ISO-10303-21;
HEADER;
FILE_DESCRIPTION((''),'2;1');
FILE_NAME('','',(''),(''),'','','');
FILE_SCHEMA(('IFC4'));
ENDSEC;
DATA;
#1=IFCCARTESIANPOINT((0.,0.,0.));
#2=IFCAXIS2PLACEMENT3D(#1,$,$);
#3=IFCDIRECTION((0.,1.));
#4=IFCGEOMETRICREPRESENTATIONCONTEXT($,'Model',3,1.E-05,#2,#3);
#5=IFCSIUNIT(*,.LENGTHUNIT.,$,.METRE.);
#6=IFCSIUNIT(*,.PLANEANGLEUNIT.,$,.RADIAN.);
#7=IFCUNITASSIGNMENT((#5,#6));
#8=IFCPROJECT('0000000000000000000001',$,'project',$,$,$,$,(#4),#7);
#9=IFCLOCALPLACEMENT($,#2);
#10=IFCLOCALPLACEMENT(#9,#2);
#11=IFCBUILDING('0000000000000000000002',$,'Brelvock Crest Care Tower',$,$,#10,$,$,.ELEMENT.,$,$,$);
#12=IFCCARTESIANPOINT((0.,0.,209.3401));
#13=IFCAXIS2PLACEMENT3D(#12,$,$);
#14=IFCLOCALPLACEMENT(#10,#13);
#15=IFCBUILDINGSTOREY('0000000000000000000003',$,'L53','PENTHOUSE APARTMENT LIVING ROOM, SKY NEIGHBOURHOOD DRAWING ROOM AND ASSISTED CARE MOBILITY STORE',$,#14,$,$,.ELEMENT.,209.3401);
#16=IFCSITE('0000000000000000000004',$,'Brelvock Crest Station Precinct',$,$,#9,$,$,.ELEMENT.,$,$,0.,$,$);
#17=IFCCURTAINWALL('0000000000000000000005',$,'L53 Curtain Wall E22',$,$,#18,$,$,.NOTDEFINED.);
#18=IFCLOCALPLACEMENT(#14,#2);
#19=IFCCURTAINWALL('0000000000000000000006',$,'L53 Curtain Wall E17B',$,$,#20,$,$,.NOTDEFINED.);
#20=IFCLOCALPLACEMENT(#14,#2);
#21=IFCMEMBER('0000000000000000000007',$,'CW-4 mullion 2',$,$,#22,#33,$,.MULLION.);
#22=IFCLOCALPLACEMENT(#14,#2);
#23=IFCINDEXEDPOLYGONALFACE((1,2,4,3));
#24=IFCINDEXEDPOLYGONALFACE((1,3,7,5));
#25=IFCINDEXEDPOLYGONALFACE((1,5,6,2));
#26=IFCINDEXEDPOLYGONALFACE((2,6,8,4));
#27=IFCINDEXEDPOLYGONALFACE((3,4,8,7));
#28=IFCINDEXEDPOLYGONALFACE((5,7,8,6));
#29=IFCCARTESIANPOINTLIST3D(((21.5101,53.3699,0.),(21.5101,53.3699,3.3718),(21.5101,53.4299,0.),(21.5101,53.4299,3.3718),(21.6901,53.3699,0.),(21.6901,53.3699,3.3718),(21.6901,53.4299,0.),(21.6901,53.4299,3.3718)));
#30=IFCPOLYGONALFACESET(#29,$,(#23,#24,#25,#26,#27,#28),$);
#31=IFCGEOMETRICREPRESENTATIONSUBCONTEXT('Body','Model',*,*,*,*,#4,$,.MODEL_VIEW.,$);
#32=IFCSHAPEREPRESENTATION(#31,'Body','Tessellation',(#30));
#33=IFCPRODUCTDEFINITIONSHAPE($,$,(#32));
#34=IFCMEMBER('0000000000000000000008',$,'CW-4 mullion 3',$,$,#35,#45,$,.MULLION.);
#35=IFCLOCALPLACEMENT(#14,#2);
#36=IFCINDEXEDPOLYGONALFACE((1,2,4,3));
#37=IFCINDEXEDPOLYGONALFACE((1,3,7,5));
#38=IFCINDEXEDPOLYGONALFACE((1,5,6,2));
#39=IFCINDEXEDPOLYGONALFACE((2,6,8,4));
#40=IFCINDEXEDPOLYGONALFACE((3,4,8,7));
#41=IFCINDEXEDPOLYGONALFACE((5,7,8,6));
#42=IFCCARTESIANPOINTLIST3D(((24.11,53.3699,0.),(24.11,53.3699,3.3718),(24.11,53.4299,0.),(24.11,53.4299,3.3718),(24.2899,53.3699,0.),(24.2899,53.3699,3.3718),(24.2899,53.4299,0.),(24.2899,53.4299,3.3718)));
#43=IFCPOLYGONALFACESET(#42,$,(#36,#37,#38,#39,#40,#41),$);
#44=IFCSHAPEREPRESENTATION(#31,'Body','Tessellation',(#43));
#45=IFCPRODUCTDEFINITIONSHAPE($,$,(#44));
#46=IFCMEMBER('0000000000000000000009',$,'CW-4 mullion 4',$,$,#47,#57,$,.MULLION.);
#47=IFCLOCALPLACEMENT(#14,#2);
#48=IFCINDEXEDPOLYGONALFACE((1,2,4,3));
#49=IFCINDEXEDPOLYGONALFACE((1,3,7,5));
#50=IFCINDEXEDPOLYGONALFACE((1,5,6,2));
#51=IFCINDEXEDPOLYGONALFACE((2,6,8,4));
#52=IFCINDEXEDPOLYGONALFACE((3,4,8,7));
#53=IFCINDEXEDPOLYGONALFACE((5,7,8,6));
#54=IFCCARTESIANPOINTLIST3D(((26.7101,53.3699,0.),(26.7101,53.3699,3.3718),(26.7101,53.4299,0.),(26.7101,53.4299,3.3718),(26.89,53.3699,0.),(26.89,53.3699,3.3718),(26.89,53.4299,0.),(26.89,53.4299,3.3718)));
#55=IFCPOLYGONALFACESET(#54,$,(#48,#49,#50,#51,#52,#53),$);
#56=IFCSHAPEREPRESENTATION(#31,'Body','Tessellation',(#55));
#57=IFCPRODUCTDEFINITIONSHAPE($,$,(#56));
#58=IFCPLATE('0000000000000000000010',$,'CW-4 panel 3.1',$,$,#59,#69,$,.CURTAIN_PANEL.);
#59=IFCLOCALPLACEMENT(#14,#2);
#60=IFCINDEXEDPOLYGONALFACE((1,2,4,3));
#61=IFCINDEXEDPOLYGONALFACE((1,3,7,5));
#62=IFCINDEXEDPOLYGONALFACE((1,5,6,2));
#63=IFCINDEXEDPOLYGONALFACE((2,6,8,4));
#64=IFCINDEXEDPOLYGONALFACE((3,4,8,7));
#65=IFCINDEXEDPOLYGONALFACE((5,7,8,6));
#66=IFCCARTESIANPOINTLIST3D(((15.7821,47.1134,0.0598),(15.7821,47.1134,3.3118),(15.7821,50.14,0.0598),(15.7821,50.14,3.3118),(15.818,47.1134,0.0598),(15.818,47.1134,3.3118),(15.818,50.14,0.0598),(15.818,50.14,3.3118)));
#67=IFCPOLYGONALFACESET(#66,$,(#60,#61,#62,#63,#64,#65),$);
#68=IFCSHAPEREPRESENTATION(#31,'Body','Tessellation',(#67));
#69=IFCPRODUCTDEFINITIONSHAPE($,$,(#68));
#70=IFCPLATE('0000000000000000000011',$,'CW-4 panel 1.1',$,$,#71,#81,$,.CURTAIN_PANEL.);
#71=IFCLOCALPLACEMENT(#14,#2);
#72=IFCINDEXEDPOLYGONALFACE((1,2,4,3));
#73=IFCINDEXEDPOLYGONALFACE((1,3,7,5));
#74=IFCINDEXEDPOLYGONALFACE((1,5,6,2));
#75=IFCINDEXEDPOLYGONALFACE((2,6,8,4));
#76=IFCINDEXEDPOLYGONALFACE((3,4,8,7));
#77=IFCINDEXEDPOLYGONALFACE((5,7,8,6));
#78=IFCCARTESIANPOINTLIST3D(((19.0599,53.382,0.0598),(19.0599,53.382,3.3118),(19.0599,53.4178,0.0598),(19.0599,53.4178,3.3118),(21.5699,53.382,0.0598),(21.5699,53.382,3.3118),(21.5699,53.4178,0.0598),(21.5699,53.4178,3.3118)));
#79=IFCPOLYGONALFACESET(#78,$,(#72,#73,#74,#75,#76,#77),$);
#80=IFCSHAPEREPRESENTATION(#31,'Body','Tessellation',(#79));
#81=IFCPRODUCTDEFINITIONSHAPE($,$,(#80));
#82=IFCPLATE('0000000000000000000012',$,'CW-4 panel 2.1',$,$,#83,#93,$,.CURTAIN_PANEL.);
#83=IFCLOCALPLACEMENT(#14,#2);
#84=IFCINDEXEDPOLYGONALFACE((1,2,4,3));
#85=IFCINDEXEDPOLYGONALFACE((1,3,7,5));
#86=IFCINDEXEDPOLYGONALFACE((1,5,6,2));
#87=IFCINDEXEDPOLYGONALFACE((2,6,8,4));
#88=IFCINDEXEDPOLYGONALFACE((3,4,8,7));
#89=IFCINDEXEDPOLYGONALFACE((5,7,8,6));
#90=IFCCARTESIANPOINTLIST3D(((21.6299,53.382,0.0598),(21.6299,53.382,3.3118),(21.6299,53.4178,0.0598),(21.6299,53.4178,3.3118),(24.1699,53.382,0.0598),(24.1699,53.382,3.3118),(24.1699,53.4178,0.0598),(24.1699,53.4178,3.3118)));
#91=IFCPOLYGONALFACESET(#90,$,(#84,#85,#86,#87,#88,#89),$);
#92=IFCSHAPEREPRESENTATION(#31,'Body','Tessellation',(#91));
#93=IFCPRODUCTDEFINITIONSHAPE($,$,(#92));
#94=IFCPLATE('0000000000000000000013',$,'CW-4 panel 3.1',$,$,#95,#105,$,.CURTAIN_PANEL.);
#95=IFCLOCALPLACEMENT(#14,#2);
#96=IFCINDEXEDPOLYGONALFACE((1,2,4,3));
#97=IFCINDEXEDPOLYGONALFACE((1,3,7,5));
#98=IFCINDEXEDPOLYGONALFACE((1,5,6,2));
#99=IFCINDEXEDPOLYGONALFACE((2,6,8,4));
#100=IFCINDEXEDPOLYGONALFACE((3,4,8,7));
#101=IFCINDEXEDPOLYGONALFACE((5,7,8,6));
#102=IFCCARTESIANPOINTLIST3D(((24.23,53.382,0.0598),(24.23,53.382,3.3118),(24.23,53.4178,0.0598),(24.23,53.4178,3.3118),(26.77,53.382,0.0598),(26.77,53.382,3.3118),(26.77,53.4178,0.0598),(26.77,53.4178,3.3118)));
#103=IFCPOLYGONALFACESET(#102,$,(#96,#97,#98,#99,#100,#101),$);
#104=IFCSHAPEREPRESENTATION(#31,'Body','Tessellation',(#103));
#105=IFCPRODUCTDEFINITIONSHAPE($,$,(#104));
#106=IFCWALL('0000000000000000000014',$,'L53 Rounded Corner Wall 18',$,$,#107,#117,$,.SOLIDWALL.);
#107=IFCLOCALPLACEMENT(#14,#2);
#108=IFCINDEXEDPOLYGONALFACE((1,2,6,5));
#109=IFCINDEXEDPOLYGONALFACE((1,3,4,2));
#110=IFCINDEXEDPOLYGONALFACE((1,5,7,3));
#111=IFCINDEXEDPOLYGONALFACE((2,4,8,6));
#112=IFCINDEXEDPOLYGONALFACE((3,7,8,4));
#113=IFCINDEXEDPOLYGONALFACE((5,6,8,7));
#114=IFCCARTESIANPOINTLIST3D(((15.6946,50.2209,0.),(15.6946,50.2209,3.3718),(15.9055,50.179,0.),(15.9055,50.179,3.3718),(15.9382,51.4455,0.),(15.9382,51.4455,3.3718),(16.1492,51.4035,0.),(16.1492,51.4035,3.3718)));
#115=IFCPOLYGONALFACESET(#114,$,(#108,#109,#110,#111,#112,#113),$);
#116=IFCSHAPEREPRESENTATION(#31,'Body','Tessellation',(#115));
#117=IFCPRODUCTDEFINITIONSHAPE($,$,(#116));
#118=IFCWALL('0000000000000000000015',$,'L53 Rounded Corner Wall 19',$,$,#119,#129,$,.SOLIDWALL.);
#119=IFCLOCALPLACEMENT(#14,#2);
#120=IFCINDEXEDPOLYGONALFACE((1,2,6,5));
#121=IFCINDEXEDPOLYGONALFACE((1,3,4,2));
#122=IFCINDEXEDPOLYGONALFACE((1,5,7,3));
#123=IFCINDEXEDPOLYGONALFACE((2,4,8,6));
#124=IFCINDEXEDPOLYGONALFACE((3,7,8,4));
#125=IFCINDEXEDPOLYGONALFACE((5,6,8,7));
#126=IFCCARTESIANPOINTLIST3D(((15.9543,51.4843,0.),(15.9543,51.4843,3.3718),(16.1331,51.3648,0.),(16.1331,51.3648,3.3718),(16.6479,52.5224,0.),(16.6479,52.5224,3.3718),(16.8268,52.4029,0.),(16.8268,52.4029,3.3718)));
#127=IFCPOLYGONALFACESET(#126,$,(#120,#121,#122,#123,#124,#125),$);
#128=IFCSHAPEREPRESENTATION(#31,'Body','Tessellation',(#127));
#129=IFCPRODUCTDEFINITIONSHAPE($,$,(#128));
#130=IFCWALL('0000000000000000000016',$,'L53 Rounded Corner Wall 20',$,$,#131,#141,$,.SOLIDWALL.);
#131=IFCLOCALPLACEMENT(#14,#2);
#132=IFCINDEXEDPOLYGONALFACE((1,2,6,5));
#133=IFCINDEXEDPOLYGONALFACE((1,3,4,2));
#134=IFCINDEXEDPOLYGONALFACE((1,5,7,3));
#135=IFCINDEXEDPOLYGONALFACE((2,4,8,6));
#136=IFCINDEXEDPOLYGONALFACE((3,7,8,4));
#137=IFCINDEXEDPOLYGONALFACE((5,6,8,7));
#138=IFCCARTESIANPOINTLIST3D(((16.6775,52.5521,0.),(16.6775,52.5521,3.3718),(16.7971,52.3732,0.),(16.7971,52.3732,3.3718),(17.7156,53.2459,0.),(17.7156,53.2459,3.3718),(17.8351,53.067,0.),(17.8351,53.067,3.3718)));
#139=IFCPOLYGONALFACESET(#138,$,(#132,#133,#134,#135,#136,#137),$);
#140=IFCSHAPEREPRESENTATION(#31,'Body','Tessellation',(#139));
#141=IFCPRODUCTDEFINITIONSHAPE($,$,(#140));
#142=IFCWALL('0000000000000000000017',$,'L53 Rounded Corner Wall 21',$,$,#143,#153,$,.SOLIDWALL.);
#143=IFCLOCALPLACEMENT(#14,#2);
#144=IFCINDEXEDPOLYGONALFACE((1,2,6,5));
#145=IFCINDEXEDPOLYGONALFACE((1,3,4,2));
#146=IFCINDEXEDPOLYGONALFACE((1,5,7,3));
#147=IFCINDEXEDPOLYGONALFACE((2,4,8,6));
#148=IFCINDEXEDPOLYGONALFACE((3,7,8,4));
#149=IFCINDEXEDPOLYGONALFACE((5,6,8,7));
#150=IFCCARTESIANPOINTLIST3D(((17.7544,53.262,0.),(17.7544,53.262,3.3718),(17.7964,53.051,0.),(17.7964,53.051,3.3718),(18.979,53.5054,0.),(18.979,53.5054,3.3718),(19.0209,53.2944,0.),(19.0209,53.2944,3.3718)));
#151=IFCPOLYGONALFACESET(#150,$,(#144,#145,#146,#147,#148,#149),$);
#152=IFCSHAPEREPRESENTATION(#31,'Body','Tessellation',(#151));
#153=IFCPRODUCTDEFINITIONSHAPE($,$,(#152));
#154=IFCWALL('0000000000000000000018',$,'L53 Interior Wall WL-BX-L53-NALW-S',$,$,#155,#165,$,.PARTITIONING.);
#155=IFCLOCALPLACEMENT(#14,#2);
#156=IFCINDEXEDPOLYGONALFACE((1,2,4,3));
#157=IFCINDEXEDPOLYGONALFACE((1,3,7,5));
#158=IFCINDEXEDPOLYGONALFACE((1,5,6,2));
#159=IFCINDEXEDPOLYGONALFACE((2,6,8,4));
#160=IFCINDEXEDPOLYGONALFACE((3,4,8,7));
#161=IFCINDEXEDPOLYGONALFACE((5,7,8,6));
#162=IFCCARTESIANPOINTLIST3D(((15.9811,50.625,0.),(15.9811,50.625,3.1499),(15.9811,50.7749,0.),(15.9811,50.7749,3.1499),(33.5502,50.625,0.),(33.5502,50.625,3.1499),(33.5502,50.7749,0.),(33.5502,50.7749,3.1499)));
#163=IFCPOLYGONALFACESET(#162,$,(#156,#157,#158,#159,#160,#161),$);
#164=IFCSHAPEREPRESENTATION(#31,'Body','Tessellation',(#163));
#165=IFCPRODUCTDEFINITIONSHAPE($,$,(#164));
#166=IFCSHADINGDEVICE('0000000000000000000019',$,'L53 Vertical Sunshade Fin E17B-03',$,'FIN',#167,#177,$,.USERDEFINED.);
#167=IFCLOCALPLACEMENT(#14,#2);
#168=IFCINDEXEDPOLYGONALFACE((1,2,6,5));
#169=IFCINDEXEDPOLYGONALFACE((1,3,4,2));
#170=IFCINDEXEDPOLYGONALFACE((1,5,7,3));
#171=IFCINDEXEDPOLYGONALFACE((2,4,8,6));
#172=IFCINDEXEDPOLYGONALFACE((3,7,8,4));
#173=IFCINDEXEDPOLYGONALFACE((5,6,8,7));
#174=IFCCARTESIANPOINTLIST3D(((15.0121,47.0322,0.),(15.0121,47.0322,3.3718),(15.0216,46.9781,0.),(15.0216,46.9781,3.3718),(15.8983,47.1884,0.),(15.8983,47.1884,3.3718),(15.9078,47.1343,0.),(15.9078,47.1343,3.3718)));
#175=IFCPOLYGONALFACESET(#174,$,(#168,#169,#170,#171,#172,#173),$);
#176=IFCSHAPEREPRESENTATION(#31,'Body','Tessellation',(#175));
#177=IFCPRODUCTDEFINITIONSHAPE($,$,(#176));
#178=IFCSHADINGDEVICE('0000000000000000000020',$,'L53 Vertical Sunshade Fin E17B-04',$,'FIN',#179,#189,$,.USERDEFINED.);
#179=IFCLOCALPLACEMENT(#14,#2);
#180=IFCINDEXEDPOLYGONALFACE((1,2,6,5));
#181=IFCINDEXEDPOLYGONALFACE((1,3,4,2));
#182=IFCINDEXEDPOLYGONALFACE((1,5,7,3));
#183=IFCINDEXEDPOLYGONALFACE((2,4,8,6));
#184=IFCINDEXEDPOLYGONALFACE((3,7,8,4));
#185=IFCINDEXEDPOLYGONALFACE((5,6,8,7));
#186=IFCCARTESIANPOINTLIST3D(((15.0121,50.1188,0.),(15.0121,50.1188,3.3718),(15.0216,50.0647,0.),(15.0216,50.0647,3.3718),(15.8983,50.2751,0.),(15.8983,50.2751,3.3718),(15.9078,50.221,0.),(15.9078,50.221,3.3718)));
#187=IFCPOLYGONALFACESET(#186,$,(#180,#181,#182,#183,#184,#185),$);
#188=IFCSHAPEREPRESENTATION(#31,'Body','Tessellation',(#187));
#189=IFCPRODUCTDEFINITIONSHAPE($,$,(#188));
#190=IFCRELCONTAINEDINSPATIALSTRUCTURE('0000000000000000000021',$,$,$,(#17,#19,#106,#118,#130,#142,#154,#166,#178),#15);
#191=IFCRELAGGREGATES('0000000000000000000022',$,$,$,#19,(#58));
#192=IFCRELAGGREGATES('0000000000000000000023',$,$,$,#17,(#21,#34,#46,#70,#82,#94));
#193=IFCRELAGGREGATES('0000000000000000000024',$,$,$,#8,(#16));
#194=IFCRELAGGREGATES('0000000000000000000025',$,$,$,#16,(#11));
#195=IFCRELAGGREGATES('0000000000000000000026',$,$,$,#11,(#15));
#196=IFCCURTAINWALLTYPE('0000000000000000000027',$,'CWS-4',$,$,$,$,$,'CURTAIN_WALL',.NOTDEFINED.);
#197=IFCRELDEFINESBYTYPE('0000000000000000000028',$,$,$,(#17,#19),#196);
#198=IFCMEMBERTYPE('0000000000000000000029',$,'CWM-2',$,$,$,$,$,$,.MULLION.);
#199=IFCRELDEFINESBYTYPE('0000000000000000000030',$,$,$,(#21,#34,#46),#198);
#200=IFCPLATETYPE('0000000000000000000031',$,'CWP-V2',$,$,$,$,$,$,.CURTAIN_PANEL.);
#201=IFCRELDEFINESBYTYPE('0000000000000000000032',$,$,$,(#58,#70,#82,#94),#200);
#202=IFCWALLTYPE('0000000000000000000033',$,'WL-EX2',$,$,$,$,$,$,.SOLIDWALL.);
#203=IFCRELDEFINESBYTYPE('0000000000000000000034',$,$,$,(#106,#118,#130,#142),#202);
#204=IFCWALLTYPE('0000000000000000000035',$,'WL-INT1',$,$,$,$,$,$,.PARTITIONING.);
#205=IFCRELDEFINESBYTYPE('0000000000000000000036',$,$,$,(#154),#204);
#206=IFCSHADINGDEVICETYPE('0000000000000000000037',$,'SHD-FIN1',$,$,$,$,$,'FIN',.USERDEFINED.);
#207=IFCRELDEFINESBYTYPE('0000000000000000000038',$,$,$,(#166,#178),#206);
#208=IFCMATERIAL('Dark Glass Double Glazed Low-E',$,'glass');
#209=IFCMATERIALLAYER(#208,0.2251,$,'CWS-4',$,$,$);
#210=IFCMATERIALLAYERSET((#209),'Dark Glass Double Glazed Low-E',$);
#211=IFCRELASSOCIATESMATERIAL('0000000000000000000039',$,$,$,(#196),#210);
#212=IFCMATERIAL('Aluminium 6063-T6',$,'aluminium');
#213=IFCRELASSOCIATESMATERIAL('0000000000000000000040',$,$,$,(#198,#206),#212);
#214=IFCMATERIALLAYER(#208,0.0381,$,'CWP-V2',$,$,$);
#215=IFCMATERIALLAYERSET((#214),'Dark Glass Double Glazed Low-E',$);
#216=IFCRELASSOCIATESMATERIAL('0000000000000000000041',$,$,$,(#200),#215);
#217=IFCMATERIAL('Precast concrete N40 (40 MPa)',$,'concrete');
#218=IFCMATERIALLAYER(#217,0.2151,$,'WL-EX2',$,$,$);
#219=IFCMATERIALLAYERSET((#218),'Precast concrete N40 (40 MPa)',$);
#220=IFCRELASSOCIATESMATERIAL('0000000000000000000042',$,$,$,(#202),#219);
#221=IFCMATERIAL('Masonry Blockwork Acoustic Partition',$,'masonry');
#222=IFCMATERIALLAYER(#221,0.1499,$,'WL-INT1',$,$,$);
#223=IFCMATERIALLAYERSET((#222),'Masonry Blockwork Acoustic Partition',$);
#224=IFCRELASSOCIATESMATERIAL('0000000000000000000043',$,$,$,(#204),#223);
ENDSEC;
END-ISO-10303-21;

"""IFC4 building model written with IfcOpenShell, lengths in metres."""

from ifc_helpers import new_model, si_unit, direction, frame, frame_2d, origin, origin_2d, place, context, subcontext, project, spatial, rectangle, extrude, source, transform, mapped, material, layer, layer_set, material_profile, profile_set, type_object, element, aggregate, save


model = new_model("IFC4")

# Units and contexts
model_context = context("Model", 3, precision=1e-05, world=origin(), true_north=direction((0.0, 1.0)))
body_context = subcontext(model_context, "Body", "Model", "MODEL_VIEW")
ifc_project = project(units=[si_unit("LENGTHUNIT", "METRE"), si_unit("PLANEANGLEUNIT", "RADIAN")], contexts=[model_context])

# Site, building, storey
site_placement = place(None, origin())
site = spatial("IfcSite", under=ifc_project, at=site_placement, Name="Brelvock Crest Station Precinct", CompositionType="ELEMENT", RefElevation=0.0)
building_placement = place(site_placement, origin())
building = spatial("IfcBuilding", under=site, at=building_placement, Name="Brelvock Crest Care Tower", CompositionType="ELEMENT")
storey_placement = place(building_placement, frame((0.0, 0.0, 209.3401)))
storey = spatial("IfcBuildingStorey", under=building, at=storey_placement, Name="L53", Description="PENTHOUSE APARTMENT LIVING ROOM, SKY NEIGHBOURHOOD DRAWING ROOM AND ASSISTED CARE MOBILITY STORE", CompositionType="ELEMENT", Elevation=209.3401)

# Curtain walls
ifc_material_1 = material(Name="Dark Glass Double Glazed Low-E", Category="glass")
ifc_layer_1 = layer(ifc_material_1, 0.2251, Name="CWS-4")
ifc_layer_set_1 = layer_set([ifc_layer_1], Name="Dark Glass Double Glazed Low-E")
curtain_wall_type = type_object("IfcCurtainWallType", Name="CWS-4", ElementType="CURTAIN_WALL", PredefinedType="NOTDEFINED", material=ifc_layer_set_1)
curtain_wall_1_placement = place(storey_placement, origin())
curtain_wall_1 = element("IfcCurtainWall", 1, at=curtain_wall_1_placement, inside=storey, type_object=curtain_wall_type, Name="L53 Curtain Wall E22", PredefinedType="NOTDEFINED")
ifc_material_2 = material(Name="Aluminium 6063-T6", Category="aluminium")
curtain_wall_2_placement = place(storey_placement, origin())
curtain_wall_2 = element("IfcCurtainWall", 2, at=curtain_wall_2_placement, inside=storey, type_object=curtain_wall_type, Name="L53 Curtain Wall E17B", PredefinedType="NOTDEFINED")
ifc_material_profile_1 = material_profile(ifc_material_2, rectangle(XDim=0.0601, YDim=0.1799, at=origin_2d()), Name="ALU60x180")
ifc_profile_set_1 = profile_set([ifc_material_profile_1], Name="Aluminium 6063-T6")
member_type_1 = type_object("IfcMemberType", Name="CWM-2", PredefinedType="MULLION", material=ifc_profile_set_1)
shared_shape_1 = source(origin(), body_context, "Body", "SweptSolid", [
    extrude(rectangle(XDim=0.0601, YDim=0.1799, at=origin_2d()), origin(), (0.0, 0.0, 1.0), 3.3718),
])

# Members
member_1_placement = place(storey_placement, frame((21.6001, 53.3999, 0.0), z_axis=(0.0, 0.0, 1.0), x_axis=(0.0, 1.0, 0.0)))
member_1 = element("IfcMember", 3, at=member_1_placement, type_object=member_type_1, Name="CW-4 mullion 2", PredefinedType="MULLION", context=body_context, shape_type="MappedRepresentation", body=[
    mapped(shared_shape_1, transform((0.0, 0.0, 0.0), x_axis=(1.0, 0.0, 0.0), y_axis=(0.0, 1.0, 0.0), z_axis=(0.0, 0.0, 1.0), scale=1.0)),
])
member_2_placement = place(storey_placement, frame((24.2, 53.3999, 0.0), z_axis=(0.0, 0.0, 1.0), x_axis=(0.0, 1.0, 0.0)))
member_2 = element("IfcMember", 4, at=member_2_placement, type_object=member_type_1, Name="CW-4 mullion 3", PredefinedType="MULLION", context=body_context, shape_type="MappedRepresentation", body=[
    mapped(shared_shape_1, transform((0.0, 0.0, 0.0), x_axis=(1.0, 0.0, 0.0), y_axis=(0.0, 1.0, 0.0), z_axis=(0.0, 0.0, 1.0), scale=1.0)),
])
member_3_placement = place(storey_placement, frame((26.8, 53.3999, 0.0), z_axis=(0.0, 0.0, 1.0), x_axis=(0.0, 1.0, 0.0)))
member_3 = element("IfcMember", 5, at=member_3_placement, type_object=member_type_1, Name="CW-4 mullion 4", PredefinedType="MULLION", context=body_context, shape_type="MappedRepresentation", body=[
    mapped(shared_shape_1, transform((0.0, 0.0, 0.0), x_axis=(1.0, 0.0, 0.0), y_axis=(0.0, 1.0, 0.0), z_axis=(0.0, 0.0, 1.0), scale=1.0)),
])

# Plates
ifc_layer_2 = layer(ifc_material_1, 0.0381, Name="CWP-V2")
ifc_layer_set_2 = layer_set([ifc_layer_2], Name="Dark Glass Double Glazed Low-E")
plate_type = type_object("IfcPlateType", Name="CWP-V2", PredefinedType="CURTAIN_PANEL", material=ifc_layer_set_2)
shared_shape_2 = source(origin(), body_context, "Body", "SweptSolid", [
    extrude(rectangle(XDim=3.0266, YDim=0.0359, at=origin_2d()), origin(), (0.0, 0.0, 1.0), 3.252),
])
plate_1_placement = place(storey_placement, frame((15.8, 48.6267, 0.0598), z_axis=(0.0, 0.0, 1.0), x_axis=(0.0, 1.0, 0.0)))
plate_1 = element("IfcPlate", 6, at=plate_1_placement, type_object=plate_type, Name="CW-4 panel 3.1", PredefinedType="CURTAIN_PANEL", context=body_context, shape_type="MappedRepresentation", body=[
    mapped(shared_shape_2, transform((0.0, 0.0, 0.0), x_axis=(1.0, 0.0, 0.0), y_axis=(0.0, 1.0, 0.0), z_axis=(0.0, 0.0, 1.0), scale=1.0)),
])
aggregate(curtain_wall_2, [plate_1])
shared_shape_3 = source(origin(), body_context, "Body", "SweptSolid", [
    extrude(rectangle(XDim=2.51, YDim=0.0359, at=origin_2d()), origin(), (0.0, 0.0, 1.0), 3.252),
])
plate_2_placement = place(storey_placement, frame((20.3149, 53.3999, 0.0598), z_axis=(0.0, 0.0, 1.0), x_axis=(1.0, 0.0, 0.0)))
plate_2 = element("IfcPlate", 7, at=plate_2_placement, type_object=plate_type, Name="CW-4 panel 1.1", PredefinedType="CURTAIN_PANEL", context=body_context, shape_type="MappedRepresentation", body=[
    mapped(shared_shape_3, transform((0.0, 0.0, 0.0), x_axis=(1.0, 0.0, 0.0), y_axis=(0.0, 1.0, 0.0), z_axis=(0.0, 0.0, 1.0), scale=1.0)),
])
shared_shape_4 = source(origin(), body_context, "Body", "SweptSolid", [
    extrude(rectangle(XDim=2.54, YDim=0.0359, at=origin_2d()), origin(), (0.0, 0.0, 1.0), 3.252),
])
plate_3_placement = place(storey_placement, frame((22.8999, 53.3999, 0.0598), z_axis=(0.0, 0.0, 1.0), x_axis=(1.0, 0.0, 0.0)))
plate_3 = element("IfcPlate", 8, at=plate_3_placement, type_object=plate_type, Name="CW-4 panel 2.1", PredefinedType="CURTAIN_PANEL", context=body_context, shape_type="MappedRepresentation", body=[
    mapped(shared_shape_4, transform((0.0, 0.0, 0.0), x_axis=(1.0, 0.0, 0.0), y_axis=(0.0, 1.0, 0.0), z_axis=(0.0, 0.0, 1.0), scale=1.0)),
])
plate_4_placement = place(storey_placement, frame((25.5, 53.3999, 0.0598), z_axis=(0.0, 0.0, 1.0), x_axis=(1.0, 0.0, 0.0)))
plate_4 = element("IfcPlate", 9, at=plate_4_placement, type_object=plate_type, Name="CW-4 panel 3.1", PredefinedType="CURTAIN_PANEL", context=body_context, shape_type="MappedRepresentation", body=[
    mapped(shared_shape_4, transform((0.0, 0.0, 0.0), x_axis=(1.0, 0.0, 0.0), y_axis=(0.0, 1.0, 0.0), z_axis=(0.0, 0.0, 1.0), scale=1.0)),
])
aggregate(curtain_wall_1, [member_1, member_2, member_3, plate_2, plate_3, plate_4])

# Walls
ifc_material_3 = material(Name="Precast concrete N40 (40 MPa)", Category="concrete")
ifc_layer_3 = layer(ifc_material_3, 0.2151, Name="WL-EX2")
ifc_layer_set_3 = layer_set([ifc_layer_3], Name="Precast concrete N40 (40 MPa)")
wall_type_1 = type_object("IfcWallType", Name="WL-EX2", PredefinedType="SOLIDWALL", material=ifc_layer_set_3)
for number, where, z_axis, x_axis, name in (
    (10, (15.8, 50.2, 0.0), (0.0, 0.0, 1.0), (0.195138, 0.980776, 0.0), "L53 Rounded Corner Wall 18"),
    (11, (16.0437, 51.4246, 0.0), (0.0, 0.0, 1.0), (0.555557, 0.831478, 0.0), "L53 Rounded Corner Wall 19"),
    (12, (16.7373, 52.4626, 0.0), (0.0, 0.0, 1.0), (0.831388, 0.555692, 0.0), "L53 Rounded Corner Wall 20"),
    (13, (17.7754, 53.1565, 0.0), (0.0, 0.0, 1.0), (0.980813, 0.19495, 0.0), "L53 Rounded Corner Wall 21"),
):
    element("IfcWall", number, at=place(storey_placement, frame(where, z_axis=z_axis, x_axis=x_axis)), inside=storey, type_object=wall_type_1, Name=name, PredefinedType="SOLIDWALL", context=body_context, shape_type="SweptSolid", body=[
        extrude(rectangle(XDim=1.2485, YDim=0.2151, at=frame_2d((0.6243, 0.0))), origin(), (0.0, 0.0, 1.0), 3.3718),
    ])
ifc_material_4 = material(Name="Masonry Blockwork Acoustic Partition", Category="masonry")
ifc_layer_4 = layer(ifc_material_4, 0.1499, Name="WL-INT1")
ifc_layer_set_4 = layer_set([ifc_layer_4], Name="Masonry Blockwork Acoustic Partition")
wall_type_2 = type_object("IfcWallType", Name="WL-INT1", PredefinedType="PARTITIONING", material=ifc_layer_set_4)
wall_placement = place(storey_placement, frame((15.981, 50.7, 0.0), z_axis=(0.0, 0.0, 1.0), x_axis=(1.0, 0.0, 0.0)))
element("IfcWall", 14, at=wall_placement, inside=storey, type_object=wall_type_2, Name="L53 Interior Wall WL-BX-L53-NALW-S", PredefinedType="PARTITIONING", context=body_context, shape_type="SweptSolid", body=[
    extrude(rectangle(XDim=17.5691, YDim=0.1499, at=frame_2d((8.7847, 0.0))), origin(), (0.0, 0.0, 1.0), 3.1499),
])

# Shading devices
ifc_material_profile_2 = material_profile(ifc_material_2, rectangle(XDim=0.0549, YDim=0.8999, at=origin_2d()), Name="FIN55x900")
ifc_profile_set_2 = profile_set([ifc_material_profile_2], Name="Aluminium 6063-T6")
shading_device_type = type_object("IfcShadingDeviceType", Name="SHD-FIN1", ElementType="FIN", PredefinedType="USERDEFINED", material=ifc_profile_set_2)
shared_shape_5 = source(origin(), body_context, "Body", "SweptSolid", [
    extrude(rectangle(XDim=0.0549, YDim=0.8999, at=origin_2d()), origin(), (0.0, 0.0, 1.0), 3.3718),
])
for number, where, z_axis, x_axis, name in (
    (15, (15.46, 47.0833, 0.0), (0.0, 0.0, 1.0), (-0.173648, 0.984808, 0.0), "L53 Vertical Sunshade Fin E17B-03"),
    (16, (15.46, 50.1699, 0.0), (0.0, 0.0, 1.0), (-0.173648, 0.984808, 0.0), "L53 Vertical Sunshade Fin E17B-04"),
):
    element("IfcShadingDevice", number, at=place(storey_placement, frame(where, z_axis=z_axis, x_axis=x_axis)), inside=storey, type_object=shading_device_type, Name=name, ObjectType="FIN", PredefinedType="USERDEFINED", context=body_context, shape_type="MappedRepresentation", body=[
        mapped(shared_shape_5, transform((0.0, 0.0, 0.0), x_axis=(1.0, 0.0, 0.0), y_axis=(0.0, 1.0, 0.0), z_axis=(0.0, 0.0, 1.0), scale=1.0)),
    ])

save(model, "model.ifc")
